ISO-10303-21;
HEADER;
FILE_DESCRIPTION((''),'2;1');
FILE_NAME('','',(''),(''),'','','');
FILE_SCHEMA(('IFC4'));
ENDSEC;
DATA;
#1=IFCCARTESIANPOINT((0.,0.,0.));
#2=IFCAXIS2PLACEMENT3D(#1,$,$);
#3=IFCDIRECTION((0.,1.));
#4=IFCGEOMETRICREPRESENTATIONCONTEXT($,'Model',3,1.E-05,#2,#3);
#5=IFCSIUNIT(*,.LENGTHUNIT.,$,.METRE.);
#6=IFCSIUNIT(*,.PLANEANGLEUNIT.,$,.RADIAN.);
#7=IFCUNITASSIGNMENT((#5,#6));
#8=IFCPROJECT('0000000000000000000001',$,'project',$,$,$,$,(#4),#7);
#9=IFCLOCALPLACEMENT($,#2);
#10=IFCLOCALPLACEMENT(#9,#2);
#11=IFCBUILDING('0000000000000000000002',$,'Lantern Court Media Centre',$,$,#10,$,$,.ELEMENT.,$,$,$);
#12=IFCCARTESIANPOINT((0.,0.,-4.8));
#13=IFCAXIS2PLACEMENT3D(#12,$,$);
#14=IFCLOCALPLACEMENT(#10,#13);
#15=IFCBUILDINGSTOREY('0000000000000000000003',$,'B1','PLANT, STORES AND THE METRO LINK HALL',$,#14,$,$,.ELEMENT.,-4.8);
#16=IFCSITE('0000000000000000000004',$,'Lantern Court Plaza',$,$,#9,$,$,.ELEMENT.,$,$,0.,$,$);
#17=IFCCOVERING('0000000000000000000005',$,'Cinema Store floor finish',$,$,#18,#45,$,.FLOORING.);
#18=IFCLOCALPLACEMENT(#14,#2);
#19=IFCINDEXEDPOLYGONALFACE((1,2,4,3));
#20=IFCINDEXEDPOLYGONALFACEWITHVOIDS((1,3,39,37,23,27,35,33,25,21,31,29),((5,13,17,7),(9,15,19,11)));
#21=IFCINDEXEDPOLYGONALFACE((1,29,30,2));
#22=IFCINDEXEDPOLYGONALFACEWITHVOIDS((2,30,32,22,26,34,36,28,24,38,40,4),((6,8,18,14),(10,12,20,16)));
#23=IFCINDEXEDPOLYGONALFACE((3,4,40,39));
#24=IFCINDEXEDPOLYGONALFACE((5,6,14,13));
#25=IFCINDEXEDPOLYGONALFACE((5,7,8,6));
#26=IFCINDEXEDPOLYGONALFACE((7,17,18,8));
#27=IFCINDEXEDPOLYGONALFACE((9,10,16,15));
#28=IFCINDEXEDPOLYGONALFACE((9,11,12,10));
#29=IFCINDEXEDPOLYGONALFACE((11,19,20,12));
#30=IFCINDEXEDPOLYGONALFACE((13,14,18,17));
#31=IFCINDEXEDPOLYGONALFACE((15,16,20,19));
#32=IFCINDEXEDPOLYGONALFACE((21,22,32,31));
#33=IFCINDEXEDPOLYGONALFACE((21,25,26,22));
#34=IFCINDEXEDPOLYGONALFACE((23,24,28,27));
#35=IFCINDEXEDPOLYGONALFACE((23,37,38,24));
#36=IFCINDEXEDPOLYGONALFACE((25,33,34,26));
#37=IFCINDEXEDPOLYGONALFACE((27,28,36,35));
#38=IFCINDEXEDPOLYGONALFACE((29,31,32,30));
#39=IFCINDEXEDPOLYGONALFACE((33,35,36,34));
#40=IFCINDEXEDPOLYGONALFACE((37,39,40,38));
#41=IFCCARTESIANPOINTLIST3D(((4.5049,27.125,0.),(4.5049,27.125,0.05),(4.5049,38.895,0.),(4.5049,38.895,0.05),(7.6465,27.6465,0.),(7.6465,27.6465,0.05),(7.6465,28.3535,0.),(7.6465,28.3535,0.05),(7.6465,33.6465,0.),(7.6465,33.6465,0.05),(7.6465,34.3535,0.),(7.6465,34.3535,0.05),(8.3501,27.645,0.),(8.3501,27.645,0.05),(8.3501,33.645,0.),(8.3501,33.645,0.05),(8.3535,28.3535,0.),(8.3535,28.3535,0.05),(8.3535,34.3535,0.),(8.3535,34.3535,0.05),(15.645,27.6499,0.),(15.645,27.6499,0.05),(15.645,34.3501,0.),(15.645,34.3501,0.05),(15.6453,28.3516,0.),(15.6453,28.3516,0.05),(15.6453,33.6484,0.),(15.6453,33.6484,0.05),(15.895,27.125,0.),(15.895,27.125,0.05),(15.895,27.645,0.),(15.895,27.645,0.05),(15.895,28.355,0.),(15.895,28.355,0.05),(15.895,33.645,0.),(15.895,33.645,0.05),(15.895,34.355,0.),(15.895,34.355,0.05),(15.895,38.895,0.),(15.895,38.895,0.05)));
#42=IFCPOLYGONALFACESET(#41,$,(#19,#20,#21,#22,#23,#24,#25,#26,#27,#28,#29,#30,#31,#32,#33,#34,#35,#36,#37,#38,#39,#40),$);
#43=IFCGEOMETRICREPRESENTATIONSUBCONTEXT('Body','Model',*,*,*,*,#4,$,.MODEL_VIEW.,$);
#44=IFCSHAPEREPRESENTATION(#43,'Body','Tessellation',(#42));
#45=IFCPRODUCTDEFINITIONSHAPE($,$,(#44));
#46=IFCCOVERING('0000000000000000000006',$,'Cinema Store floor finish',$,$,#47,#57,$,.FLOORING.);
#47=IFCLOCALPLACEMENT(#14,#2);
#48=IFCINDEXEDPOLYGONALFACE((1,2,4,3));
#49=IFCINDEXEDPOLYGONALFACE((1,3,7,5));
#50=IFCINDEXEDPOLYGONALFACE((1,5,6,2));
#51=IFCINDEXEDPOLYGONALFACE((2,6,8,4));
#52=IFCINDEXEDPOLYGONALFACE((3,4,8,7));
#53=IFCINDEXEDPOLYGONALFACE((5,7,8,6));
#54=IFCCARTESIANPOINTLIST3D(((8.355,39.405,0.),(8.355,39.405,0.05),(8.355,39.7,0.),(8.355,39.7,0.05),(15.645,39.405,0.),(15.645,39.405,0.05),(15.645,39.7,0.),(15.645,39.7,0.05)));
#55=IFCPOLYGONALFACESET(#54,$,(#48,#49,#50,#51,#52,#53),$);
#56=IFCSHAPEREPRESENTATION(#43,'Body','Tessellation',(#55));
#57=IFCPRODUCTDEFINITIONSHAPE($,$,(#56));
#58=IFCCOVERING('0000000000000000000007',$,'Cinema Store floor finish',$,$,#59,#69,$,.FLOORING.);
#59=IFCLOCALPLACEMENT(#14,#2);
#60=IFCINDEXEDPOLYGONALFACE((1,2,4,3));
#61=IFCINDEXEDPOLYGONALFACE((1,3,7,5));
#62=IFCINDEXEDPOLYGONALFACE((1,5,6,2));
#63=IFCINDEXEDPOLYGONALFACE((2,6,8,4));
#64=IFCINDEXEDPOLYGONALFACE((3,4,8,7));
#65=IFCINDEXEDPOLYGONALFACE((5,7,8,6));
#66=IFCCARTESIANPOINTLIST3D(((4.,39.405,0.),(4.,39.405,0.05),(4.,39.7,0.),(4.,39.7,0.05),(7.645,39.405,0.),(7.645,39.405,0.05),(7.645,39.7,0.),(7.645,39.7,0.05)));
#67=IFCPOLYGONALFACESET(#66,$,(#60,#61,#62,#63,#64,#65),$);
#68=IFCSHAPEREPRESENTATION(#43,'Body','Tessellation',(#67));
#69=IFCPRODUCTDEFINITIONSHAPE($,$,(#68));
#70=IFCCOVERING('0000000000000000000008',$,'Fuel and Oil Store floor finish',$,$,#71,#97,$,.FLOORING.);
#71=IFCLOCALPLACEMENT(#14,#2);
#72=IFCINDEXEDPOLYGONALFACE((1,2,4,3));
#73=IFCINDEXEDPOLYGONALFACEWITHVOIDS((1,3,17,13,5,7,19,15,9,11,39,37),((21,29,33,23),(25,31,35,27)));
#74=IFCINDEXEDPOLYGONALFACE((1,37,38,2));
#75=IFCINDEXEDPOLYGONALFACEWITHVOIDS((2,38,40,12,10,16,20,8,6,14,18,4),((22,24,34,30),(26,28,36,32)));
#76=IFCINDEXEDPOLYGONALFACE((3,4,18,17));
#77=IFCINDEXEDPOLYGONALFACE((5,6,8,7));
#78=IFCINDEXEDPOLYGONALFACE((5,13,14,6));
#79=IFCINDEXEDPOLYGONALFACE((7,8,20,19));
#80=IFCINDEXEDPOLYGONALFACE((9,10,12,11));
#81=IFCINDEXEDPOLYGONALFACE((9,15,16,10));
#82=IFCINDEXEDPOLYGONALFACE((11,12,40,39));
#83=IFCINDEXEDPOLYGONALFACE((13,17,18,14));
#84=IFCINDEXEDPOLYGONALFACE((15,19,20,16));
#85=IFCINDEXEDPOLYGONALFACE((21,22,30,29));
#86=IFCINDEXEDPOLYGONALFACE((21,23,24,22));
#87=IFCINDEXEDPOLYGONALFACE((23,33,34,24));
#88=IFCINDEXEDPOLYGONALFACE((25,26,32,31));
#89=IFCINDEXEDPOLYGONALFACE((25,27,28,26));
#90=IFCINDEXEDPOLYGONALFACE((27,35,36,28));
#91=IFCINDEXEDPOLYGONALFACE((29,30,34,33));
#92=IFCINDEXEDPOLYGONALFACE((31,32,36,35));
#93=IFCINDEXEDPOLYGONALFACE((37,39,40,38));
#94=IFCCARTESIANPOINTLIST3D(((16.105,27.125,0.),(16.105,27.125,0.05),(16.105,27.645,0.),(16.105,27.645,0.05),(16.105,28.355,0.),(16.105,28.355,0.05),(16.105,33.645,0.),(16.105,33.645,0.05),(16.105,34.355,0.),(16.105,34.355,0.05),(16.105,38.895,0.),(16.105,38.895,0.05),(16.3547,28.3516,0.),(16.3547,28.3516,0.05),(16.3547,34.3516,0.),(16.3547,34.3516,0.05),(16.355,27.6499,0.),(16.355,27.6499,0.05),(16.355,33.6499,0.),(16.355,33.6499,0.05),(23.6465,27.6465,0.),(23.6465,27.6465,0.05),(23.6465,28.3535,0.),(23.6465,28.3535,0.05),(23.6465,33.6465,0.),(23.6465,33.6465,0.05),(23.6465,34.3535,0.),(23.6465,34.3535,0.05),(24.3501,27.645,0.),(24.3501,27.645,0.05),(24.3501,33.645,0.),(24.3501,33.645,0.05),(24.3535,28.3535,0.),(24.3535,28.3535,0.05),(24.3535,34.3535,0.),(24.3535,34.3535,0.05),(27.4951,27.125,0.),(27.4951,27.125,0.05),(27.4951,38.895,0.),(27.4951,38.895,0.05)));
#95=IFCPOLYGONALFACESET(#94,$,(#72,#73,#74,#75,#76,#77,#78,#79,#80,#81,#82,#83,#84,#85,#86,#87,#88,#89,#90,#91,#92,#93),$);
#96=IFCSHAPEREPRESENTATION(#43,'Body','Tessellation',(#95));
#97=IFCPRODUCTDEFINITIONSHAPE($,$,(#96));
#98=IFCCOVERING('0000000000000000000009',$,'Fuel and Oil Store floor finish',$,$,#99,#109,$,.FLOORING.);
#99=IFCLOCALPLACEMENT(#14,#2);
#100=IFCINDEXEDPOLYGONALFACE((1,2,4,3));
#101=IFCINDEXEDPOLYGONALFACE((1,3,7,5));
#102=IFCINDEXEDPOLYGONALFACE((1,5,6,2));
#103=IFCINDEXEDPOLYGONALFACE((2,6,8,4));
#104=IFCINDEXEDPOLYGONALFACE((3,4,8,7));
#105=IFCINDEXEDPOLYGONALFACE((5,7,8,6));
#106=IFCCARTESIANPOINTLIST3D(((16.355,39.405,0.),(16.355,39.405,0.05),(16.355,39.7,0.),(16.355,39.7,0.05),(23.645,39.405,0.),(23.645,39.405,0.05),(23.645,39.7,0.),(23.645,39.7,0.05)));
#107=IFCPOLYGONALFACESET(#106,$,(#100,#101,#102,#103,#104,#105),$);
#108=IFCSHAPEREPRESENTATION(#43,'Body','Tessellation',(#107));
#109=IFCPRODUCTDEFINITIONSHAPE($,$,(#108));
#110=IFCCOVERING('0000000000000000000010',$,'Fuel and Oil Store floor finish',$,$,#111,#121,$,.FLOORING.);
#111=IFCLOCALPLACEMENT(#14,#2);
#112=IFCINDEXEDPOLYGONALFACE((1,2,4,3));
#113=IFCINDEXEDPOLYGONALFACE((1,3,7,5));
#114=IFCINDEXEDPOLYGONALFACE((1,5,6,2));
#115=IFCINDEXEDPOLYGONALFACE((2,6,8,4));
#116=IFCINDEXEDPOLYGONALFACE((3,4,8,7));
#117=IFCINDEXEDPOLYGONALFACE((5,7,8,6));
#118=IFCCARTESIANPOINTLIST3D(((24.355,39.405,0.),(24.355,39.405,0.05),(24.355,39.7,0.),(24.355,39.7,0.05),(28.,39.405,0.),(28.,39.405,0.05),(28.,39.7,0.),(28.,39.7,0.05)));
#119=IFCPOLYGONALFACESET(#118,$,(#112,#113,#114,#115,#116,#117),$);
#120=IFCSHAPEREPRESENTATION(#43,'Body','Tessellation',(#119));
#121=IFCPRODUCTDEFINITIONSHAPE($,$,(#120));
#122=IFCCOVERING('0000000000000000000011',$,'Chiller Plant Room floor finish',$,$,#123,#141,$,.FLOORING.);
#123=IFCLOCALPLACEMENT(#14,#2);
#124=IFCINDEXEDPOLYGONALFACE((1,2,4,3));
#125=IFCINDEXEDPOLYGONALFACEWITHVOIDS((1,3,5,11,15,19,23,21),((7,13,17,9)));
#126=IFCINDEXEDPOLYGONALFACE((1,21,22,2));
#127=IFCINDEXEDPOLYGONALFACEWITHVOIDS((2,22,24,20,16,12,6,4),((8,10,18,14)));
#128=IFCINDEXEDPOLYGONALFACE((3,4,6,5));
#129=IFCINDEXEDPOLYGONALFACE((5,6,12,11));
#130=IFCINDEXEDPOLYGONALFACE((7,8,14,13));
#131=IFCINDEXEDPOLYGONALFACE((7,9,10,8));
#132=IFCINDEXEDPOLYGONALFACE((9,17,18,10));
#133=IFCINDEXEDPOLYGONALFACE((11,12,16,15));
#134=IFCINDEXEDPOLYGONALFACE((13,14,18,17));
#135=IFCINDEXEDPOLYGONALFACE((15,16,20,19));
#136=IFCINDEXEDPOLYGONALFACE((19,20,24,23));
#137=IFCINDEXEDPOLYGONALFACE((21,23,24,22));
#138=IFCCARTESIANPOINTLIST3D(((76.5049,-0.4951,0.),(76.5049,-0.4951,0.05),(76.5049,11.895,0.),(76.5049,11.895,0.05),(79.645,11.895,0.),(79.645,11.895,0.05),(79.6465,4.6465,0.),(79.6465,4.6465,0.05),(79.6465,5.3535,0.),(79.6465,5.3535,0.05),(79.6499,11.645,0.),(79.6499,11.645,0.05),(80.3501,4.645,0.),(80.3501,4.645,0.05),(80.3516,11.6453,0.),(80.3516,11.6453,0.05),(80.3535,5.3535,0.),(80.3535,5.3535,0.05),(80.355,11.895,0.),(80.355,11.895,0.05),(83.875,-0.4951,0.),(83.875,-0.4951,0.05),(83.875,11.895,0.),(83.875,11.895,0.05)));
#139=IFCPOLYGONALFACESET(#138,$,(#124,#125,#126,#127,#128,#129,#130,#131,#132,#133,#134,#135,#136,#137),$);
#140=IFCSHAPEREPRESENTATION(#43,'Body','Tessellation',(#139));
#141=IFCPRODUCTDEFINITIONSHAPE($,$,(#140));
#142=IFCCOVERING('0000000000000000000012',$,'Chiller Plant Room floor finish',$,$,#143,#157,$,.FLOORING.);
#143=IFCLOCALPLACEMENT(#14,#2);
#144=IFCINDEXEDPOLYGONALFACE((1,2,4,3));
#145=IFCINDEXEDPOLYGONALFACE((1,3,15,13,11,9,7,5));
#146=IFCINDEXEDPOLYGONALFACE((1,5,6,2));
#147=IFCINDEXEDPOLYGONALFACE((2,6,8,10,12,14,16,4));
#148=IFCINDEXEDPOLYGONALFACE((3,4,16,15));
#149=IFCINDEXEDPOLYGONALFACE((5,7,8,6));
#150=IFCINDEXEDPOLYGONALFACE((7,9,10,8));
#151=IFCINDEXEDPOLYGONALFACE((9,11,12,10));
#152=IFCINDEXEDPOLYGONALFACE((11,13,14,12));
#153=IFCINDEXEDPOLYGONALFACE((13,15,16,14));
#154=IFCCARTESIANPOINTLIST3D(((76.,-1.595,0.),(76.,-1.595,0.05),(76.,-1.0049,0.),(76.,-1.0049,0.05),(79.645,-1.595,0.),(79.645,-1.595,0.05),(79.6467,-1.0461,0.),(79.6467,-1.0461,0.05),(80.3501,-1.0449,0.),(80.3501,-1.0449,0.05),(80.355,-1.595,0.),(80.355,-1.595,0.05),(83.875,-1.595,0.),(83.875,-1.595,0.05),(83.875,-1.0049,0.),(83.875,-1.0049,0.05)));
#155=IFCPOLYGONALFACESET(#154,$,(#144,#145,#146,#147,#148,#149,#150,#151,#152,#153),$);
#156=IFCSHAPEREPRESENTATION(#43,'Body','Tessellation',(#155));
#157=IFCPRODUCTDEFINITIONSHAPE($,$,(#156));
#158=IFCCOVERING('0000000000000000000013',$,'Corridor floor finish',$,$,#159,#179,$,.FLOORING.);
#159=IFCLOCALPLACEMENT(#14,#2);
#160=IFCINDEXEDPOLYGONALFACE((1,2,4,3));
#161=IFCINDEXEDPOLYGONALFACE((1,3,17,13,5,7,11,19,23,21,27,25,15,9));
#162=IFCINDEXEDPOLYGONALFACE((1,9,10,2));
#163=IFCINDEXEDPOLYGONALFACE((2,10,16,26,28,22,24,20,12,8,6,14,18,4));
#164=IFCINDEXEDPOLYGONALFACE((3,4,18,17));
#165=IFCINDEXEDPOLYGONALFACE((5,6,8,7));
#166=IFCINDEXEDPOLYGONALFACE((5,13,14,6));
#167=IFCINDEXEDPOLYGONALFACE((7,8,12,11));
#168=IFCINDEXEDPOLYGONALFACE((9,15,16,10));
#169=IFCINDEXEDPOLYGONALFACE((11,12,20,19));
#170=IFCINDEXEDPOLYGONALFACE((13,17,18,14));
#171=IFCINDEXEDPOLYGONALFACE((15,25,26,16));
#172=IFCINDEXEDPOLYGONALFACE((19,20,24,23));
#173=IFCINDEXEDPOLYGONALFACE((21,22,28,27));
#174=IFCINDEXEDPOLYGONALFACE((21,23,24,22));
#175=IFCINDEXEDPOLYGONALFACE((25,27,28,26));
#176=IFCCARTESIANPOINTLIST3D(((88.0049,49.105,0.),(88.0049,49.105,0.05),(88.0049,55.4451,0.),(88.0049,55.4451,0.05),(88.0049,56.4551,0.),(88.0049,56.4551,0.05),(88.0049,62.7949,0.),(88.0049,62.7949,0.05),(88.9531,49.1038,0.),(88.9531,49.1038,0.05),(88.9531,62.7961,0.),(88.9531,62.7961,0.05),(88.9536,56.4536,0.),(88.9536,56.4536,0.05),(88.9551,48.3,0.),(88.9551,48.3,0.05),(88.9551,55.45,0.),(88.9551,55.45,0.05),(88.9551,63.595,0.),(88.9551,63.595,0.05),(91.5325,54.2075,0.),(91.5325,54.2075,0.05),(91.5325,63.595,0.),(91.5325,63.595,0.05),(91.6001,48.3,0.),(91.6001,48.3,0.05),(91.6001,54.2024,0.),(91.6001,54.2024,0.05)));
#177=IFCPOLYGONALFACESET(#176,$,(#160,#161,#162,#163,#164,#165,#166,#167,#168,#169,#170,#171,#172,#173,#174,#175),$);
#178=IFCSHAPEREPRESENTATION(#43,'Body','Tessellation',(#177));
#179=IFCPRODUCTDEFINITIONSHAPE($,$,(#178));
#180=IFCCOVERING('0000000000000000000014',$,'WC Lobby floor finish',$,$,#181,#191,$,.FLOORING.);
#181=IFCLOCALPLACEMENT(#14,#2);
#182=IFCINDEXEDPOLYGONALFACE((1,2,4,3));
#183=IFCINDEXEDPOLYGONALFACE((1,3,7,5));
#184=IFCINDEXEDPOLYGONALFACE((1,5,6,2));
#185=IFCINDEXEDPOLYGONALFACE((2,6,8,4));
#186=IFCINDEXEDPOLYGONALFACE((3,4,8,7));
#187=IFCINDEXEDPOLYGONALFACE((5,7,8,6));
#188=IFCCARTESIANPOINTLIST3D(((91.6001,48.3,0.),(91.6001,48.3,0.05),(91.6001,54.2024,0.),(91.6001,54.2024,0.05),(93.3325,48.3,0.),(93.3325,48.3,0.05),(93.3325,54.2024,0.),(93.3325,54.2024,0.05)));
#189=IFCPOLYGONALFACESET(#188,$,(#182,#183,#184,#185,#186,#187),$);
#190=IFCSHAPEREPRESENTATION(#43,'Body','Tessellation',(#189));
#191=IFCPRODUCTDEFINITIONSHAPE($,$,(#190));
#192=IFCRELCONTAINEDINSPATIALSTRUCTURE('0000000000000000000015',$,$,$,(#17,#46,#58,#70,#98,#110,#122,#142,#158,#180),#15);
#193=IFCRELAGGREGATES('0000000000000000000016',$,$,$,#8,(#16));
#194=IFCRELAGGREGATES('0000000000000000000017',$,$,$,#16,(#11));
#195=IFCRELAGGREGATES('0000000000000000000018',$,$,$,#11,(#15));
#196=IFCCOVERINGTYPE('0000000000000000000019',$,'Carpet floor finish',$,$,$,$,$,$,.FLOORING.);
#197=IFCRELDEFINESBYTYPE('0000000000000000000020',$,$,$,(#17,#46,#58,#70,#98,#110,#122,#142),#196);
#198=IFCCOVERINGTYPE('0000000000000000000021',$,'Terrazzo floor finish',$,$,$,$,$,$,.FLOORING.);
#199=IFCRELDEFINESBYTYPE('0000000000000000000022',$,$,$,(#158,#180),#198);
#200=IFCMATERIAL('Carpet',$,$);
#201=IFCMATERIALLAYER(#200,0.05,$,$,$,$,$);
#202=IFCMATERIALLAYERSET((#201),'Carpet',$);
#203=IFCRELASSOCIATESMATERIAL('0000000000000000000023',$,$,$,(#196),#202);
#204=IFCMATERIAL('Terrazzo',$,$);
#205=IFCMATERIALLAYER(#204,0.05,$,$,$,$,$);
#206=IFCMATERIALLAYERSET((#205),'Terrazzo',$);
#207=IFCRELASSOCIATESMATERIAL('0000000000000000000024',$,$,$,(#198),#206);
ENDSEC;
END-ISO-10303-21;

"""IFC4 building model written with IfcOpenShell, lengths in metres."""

from ifc_helpers import new_model, si_unit, direction, frame, origin, place, context, subcontext, project, spatial, polyline, outline, extrude, material, layer, layer_set, type_object, element, save


model = new_model("IFC4")

# Units and contexts
model_context = context("Model", 3, precision=1e-05, world=origin(), true_north=direction((0.0, 1.0)))
body_context = subcontext(model_context, "Body", "Model", "MODEL_VIEW")
ifc_project = project(units=[si_unit("LENGTHUNIT", "METRE"), si_unit("PLANEANGLEUNIT", "RADIAN")], contexts=[model_context])

# Site, building, storey
site_placement = place(None, origin())
site = spatial("IfcSite", under=ifc_project, at=site_placement, Name="Lantern Court Plaza", CompositionType="ELEMENT", RefElevation=0.0)
building_placement = place(site_placement, origin())
building = spatial("IfcBuilding", under=site, at=building_placement, Name="Lantern Court Media Centre", CompositionType="ELEMENT")
storey_placement = place(building_placement, frame((0.0, 0.0, -4.8)))
storey = spatial("IfcBuildingStorey", under=building, at=storey_placement, Name="B1", Description="PLANT, STORES AND THE METRO LINK HALL", CompositionType="ELEMENT", Elevation=-4.8)

# Coverings
ifc_material_1 = material(Name="Carpet")
ifc_layer_1 = layer(ifc_material_1, 0.05)
ifc_layer_set_1 = layer_set([ifc_layer_1], Name="Carpet")
covering_type_1 = type_object("IfcCoveringType", Name="Carpet floor finish", PredefinedType="FLOORING", material=ifc_layer_set_1)
covering_1_placement = place(storey_placement, origin())
element("IfcCovering", 1, at=covering_1_placement, inside=storey, type_object=covering_type_1, Name="Cinema Store floor finish", PredefinedType="FLOORING", context=body_context, shape_type="SweptSolid", body=[
    extrude(outline(polyline([(15.895, 27.125), (4.5049, 27.125), (4.5049, 38.895), (15.895, 38.895), (15.895, 34.355), (15.645, 34.3501), (15.6453, 33.6484), (15.895, 33.645), (15.895, 28.355), (15.6453, 28.3516), (15.645, 27.6499), (15.895, 27.645), (15.895, 27.125)]), holes=[polyline([(8.3501, 33.645), (8.3535, 34.3535), (7.6465, 34.3535), (7.6465, 33.6465), (8.3501, 33.645)]), polyline([(8.3501, 27.645), (8.3535, 28.3535), (7.6465, 28.3535), (7.6465, 27.6465), (8.3501, 27.645)])]), origin(), (0.0, 0.0, 1.0), 0.05),
])
covering_2_placement = place(storey_placement, origin())
element("IfcCovering", 2, at=covering_2_placement, inside=storey, type_object=covering_type_1, Name="Cinema Store floor finish", PredefinedType="FLOORING", context=body_context, shape_type="SweptSolid", body=[
    extrude(outline(polyline([(15.645, 39.7), (15.645, 39.405), (8.355, 39.405), (8.355, 39.7), (15.645, 39.7)])), origin(), (0.0, 0.0, 1.0), 0.05),
])
covering_3_placement = place(storey_placement, origin())
element("IfcCovering", 3, at=covering_3_placement, inside=storey, type_object=covering_type_1, Name="Cinema Store floor finish", PredefinedType="FLOORING", context=body_context, shape_type="SweptSolid", body=[
    extrude(outline(polyline([(4.0, 39.7), (7.645, 39.7), (7.645, 39.405), (4.0, 39.405), (4.0, 39.7)])), origin(), (0.0, 0.0, 1.0), 0.05),
])
covering_4_placement = place(storey_placement, origin())
element("IfcCovering", 4, at=covering_4_placement, inside=storey, type_object=covering_type_1, Name="Fuel and Oil Store floor finish", PredefinedType="FLOORING", context=body_context, shape_type="SweptSolid", body=[
    extrude(outline(polyline([(16.105, 27.125), (16.105, 27.645), (16.355, 27.6499), (16.3547, 28.3516), (16.105, 28.355), (16.105, 33.645), (16.355, 33.6499), (16.3547, 34.3516), (16.105, 34.355), (16.105, 38.895), (27.4951, 38.895), (27.4951, 27.125), (16.105, 27.125)]), holes=[polyline([(24.3501, 33.645), (24.3535, 34.3535), (23.6465, 34.3535), (23.6465, 33.6465), (24.3501, 33.645)]), polyline([(24.3501, 27.645), (24.3535, 28.3535), (23.6465, 28.3535), (23.6465, 27.6465), (24.3501, 27.645)])]), origin(), (0.0, 0.0, 1.0), 0.05),
])
covering_5_placement = place(storey_placement, origin())
element("IfcCovering", 5, at=covering_5_placement, inside=storey, type_object=covering_type_1, Name="Fuel and Oil Store floor finish", PredefinedType="FLOORING", context=body_context, shape_type="SweptSolid", body=[
    extrude(outline(polyline([(23.645, 39.7), (23.645, 39.405), (16.355, 39.405), (16.355, 39.7), (23.645, 39.7)])), origin(), (0.0, 0.0, 1.0), 0.05),
])
covering_6_placement = place(storey_placement, origin())
element("IfcCovering", 6, at=covering_6_placement, inside=storey, type_object=covering_type_1, Name="Fuel and Oil Store floor finish", PredefinedType="FLOORING", context=body_context, shape_type="SweptSolid", body=[
    extrude(outline(polyline([(28.0, 39.7), (28.0, 39.405), (24.355, 39.405), (24.355, 39.7), (28.0, 39.7)])), origin(), (0.0, 0.0, 1.0), 0.05),
])
covering_7_placement = place(storey_placement, origin())
element("IfcCovering", 7, at=covering_7_placement, inside=storey, type_object=covering_type_1, Name="Chiller Plant Room floor finish", PredefinedType="FLOORING", context=body_context, shape_type="SweptSolid", body=[
    extrude(outline(polyline([(76.5049, -0.4951), (76.5049, 11.895), (79.645, 11.895), (79.6499, 11.645), (80.3516, 11.6453), (80.355, 11.895), (83.875, 11.895), (83.875, -0.4951), (76.5049, -0.4951)]), holes=[polyline([(80.3501, 4.645), (80.3535, 5.3535), (79.6465, 5.3535), (79.6465, 4.6465), (80.3501, 4.645)])]), origin(), (0.0, 0.0, 1.0), 0.05),
])
covering_8_placement = place(storey_placement, origin())
element("IfcCovering", 8, at=covering_8_placement, inside=storey, type_object=covering_type_1, Name="Chiller Plant Room floor finish", PredefinedType="FLOORING", context=body_context, shape_type="SweptSolid", body=[
    extrude(outline(polyline([(76.0, -1.0049), (83.875, -1.0049), (83.875, -1.595), (80.355, -1.595), (80.3501, -1.0449), (79.6467, -1.0461), (79.645, -1.595), (76.0, -1.595), (76.0, -1.0049)])), origin(), (0.0, 0.0, 1.0), 0.05),
])
ifc_material_2 = material(Name="Terrazzo")
ifc_layer_2 = layer(ifc_material_2, 0.05)
ifc_layer_set_2 = layer_set([ifc_layer_2], Name="Terrazzo")
covering_type_2 = type_object("IfcCoveringType", Name="Terrazzo floor finish", PredefinedType="FLOORING", material=ifc_layer_set_2)
covering_9_placement = place(storey_placement, origin())
element("IfcCovering", 9, at=covering_9_placement, inside=storey, type_object=covering_type_2, Name="Corridor floor finish", PredefinedType="FLOORING", context=body_context, shape_type="SweptSolid", body=[
    extrude(outline(polyline([(91.6001, 48.3), (88.9551, 48.3), (88.9531, 49.1038), (88.0049, 49.105), (88.0049, 55.4451), (88.9551, 55.45), (88.9536, 56.4536), (88.0049, 56.4551), (88.0049, 62.7949), (88.9531, 62.7961), (88.9551, 63.595), (91.5325, 63.595), (91.5325, 54.2075), (91.6001, 54.2024), (91.6001, 48.3)])), origin(), (0.0, 0.0, 1.0), 0.05),
])
covering_10_placement = place(storey_placement, origin())
element("IfcCovering", 10, at=covering_10_placement, inside=storey, type_object=covering_type_2, Name="WC Lobby floor finish", PredefinedType="FLOORING", context=body_context, shape_type="SweptSolid", body=[
    extrude(outline(polyline([(91.6001, 48.3), (91.6001, 54.2024), (93.3325, 54.2024), (93.3325, 48.3), (91.6001, 48.3)])), origin(), (0.0, 0.0, 1.0), 0.05),
])

save(model, "model.ifc")
